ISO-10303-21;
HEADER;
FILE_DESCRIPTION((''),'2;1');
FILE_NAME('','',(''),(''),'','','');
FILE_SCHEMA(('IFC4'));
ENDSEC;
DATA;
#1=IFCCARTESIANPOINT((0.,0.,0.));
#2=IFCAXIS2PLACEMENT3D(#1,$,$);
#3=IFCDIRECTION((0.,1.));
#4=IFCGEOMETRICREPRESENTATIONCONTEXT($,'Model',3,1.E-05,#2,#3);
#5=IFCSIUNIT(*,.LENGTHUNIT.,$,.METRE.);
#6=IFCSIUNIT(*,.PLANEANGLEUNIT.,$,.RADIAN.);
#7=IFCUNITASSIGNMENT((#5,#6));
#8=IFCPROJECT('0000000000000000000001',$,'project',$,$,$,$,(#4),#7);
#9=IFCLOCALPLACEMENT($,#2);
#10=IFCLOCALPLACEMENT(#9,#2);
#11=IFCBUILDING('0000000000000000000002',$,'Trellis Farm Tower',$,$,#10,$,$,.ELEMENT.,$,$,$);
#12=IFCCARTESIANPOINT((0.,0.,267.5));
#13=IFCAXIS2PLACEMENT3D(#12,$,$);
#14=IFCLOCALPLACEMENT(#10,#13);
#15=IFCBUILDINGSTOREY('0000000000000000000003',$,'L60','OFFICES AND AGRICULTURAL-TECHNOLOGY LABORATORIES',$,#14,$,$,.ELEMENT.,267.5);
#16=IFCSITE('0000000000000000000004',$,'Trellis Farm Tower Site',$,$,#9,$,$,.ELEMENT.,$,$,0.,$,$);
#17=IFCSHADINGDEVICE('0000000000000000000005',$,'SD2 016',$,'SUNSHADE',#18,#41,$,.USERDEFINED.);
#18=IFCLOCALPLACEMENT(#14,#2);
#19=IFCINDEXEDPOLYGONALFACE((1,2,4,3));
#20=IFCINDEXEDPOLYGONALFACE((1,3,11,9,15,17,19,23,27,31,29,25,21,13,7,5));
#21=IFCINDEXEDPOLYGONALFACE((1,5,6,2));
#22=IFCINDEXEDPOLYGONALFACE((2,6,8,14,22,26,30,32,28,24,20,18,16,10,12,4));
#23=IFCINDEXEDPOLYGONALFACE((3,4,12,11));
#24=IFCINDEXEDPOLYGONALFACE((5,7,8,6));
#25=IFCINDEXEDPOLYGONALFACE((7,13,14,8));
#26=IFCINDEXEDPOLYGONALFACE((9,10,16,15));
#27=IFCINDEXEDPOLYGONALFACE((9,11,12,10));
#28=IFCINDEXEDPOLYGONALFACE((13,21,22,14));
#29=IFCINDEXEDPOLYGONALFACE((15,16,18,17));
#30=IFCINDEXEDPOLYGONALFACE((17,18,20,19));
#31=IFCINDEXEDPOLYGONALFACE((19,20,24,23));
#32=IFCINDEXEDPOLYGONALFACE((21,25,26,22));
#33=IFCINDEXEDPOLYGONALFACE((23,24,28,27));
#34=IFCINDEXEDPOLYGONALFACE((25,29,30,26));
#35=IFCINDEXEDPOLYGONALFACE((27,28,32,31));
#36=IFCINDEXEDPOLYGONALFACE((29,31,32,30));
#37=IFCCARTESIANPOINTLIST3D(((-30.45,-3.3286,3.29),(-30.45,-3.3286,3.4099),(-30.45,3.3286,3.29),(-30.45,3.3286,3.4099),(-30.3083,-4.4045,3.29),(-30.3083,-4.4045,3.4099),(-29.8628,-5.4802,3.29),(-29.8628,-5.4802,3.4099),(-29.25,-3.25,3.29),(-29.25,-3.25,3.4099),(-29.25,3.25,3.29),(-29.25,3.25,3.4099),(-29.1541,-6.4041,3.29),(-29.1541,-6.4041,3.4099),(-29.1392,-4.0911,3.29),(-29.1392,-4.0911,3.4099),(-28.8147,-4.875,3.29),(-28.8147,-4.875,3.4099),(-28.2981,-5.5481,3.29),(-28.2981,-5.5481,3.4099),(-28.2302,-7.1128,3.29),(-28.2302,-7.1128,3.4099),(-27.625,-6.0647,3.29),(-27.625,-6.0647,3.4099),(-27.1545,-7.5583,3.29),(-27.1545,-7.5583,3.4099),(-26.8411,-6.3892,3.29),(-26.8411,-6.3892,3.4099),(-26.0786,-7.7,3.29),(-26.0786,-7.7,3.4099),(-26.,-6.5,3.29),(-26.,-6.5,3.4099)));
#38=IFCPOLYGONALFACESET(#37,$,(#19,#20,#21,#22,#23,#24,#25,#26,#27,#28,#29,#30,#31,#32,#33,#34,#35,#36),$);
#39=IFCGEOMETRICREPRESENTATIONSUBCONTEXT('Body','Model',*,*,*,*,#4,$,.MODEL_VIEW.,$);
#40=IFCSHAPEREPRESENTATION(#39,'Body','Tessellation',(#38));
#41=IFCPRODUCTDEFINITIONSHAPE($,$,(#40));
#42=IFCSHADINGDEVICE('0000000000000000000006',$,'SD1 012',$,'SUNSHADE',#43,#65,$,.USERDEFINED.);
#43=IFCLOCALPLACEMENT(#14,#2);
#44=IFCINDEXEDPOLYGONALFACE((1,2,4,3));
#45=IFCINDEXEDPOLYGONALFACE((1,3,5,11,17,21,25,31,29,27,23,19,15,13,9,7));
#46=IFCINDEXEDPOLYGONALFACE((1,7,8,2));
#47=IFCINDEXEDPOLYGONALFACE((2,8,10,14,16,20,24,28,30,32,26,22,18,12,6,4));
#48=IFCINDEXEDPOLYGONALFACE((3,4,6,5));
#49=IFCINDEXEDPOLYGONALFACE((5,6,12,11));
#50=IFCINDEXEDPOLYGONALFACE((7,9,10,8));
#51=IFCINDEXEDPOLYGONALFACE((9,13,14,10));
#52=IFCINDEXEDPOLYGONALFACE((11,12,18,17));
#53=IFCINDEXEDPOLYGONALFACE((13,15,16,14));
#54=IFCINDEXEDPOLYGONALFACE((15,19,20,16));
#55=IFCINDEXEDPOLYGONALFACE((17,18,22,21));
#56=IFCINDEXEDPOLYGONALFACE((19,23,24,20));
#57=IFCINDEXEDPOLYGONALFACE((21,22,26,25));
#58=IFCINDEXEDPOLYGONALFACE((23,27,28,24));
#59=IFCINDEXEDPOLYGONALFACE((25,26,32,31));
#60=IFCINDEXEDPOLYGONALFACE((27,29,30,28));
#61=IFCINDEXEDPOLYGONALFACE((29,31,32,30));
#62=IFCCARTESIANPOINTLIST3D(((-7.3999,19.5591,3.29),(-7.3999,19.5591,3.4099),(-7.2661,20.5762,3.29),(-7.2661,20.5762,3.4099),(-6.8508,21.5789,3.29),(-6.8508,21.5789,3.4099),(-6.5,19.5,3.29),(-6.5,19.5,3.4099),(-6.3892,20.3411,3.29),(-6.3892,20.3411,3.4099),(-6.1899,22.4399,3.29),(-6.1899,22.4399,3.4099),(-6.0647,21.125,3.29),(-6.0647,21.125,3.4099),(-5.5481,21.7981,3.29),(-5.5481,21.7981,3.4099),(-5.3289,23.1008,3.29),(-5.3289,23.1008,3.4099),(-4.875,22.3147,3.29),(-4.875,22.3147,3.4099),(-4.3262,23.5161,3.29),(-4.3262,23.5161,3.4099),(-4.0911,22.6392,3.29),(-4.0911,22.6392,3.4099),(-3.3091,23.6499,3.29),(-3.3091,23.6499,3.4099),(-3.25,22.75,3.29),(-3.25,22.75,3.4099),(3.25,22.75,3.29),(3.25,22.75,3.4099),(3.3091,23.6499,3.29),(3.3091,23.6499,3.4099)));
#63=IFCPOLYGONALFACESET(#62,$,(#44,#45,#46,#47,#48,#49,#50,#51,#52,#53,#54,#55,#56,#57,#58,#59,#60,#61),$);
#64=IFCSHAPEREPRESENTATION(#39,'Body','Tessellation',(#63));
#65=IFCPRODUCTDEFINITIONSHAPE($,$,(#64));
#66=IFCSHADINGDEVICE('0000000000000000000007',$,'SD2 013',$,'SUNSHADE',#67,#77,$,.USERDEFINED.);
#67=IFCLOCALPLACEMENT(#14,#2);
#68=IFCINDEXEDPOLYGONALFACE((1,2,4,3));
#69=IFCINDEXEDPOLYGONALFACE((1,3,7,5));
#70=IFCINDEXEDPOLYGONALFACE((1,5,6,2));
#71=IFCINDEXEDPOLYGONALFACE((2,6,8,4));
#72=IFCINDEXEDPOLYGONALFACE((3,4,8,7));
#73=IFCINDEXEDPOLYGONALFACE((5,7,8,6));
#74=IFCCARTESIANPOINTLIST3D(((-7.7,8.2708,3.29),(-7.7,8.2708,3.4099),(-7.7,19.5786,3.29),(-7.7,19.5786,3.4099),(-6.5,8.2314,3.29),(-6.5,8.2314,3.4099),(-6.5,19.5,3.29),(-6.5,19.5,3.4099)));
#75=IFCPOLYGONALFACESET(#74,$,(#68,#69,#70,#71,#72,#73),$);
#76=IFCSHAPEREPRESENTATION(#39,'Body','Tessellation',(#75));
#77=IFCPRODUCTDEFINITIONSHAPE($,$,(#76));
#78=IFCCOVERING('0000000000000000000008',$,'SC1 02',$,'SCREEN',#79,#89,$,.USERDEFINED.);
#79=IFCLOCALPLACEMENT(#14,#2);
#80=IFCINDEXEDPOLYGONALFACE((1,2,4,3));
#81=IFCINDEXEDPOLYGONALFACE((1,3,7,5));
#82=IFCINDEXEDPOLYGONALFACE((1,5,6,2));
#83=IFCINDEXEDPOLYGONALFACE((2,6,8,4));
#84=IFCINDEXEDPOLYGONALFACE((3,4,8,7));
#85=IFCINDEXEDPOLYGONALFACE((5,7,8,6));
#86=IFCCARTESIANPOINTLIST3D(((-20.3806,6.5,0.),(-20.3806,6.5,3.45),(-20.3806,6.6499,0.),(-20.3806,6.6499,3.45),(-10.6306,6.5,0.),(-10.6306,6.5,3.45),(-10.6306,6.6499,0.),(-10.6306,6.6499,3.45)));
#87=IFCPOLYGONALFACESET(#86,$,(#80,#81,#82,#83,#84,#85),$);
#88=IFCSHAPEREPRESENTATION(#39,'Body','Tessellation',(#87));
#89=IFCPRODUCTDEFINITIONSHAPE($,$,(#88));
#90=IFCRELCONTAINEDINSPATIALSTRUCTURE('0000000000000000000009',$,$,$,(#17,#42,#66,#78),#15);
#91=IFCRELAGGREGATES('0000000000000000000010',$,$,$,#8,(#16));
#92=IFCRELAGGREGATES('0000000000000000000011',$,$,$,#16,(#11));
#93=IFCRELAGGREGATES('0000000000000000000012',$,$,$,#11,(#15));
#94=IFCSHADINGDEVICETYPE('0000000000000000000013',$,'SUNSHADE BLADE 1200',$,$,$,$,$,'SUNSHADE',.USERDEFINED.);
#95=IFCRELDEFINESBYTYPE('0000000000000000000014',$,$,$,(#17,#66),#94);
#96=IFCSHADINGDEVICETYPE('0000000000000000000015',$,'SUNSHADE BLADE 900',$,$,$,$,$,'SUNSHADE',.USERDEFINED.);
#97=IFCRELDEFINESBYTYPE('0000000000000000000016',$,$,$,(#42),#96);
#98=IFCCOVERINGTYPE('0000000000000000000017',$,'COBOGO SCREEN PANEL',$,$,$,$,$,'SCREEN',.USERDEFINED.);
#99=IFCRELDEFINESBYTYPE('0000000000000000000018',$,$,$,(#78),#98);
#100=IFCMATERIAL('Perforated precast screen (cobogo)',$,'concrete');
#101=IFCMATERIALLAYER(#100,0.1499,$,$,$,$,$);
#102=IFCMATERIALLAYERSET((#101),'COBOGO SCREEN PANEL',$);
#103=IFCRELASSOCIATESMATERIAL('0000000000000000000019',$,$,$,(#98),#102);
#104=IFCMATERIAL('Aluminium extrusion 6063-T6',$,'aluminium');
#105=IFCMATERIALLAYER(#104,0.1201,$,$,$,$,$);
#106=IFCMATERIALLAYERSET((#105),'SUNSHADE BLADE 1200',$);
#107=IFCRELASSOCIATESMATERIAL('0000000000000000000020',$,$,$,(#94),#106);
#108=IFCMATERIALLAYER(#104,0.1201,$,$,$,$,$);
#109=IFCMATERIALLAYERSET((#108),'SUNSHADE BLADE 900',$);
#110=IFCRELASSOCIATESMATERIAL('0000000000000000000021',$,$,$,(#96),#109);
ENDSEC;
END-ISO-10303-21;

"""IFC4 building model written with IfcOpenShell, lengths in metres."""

from ifc_helpers import new_model, si_unit, direction, frame, origin, place, context, subcontext, project, spatial, polyline, outline, extrude, source, transform, mapped, material, layer, layer_set, type_object, element, save


model = new_model("IFC4")

# Units and contexts
model_context = context("Model", 3, precision=1e-05, world=origin(), true_north=direction((0.0, 1.0)))
body_context = subcontext(model_context, "Body", "Model", "MODEL_VIEW")
ifc_project = project(units=[si_unit("LENGTHUNIT", "METRE"), si_unit("PLANEANGLEUNIT", "RADIAN")], contexts=[model_context])

# Site, building, storey
site_placement = place(None, origin())
site = spatial("IfcSite", under=ifc_project, at=site_placement, Name="Trellis Farm Tower Site", CompositionType="ELEMENT", RefElevation=0.0)
building_placement = place(site_placement, origin())
building = spatial("IfcBuilding", under=site, at=building_placement, Name="Trellis Farm Tower", CompositionType="ELEMENT")
storey_placement = place(building_placement, frame((0.0, 0.0, 267.5)))
storey = spatial("IfcBuildingStorey", under=building, at=storey_placement, Name="L60", Description="OFFICES AND AGRICULTURAL-TECHNOLOGY LABORATORIES", CompositionType="ELEMENT", Elevation=267.5)

# Shared definitions
placement_1 = place(storey_placement, origin())
ifc_material_1 = material(Name="Aluminium extrusion 6063-T6", Category="aluminium")

# Shared definitions
ifc_material_2 = material(Name="Perforated precast screen (cobogo)", Category="concrete")
ifc_layer_1 = layer(ifc_material_2, 0.1499)
ifc_layer_set_1 = layer_set([ifc_layer_1], Name="COBOGO SCREEN PANEL")
covering_type = type_object("IfcCoveringType", Name="COBOGO SCREEN PANEL", ElementType="SCREEN", PredefinedType="USERDEFINED", material=ifc_layer_set_1)

# Shading devices
ifc_layer_2 = layer(ifc_material_1, 0.1201)
ifc_layer_set_2 = layer_set([ifc_layer_2], Name="SUNSHADE BLADE 1200")
shading_device_type_1 = type_object("IfcShadingDeviceType", Name="SUNSHADE BLADE 1200", ElementType="SUNSHADE", PredefinedType="USERDEFINED", material=ifc_layer_set_2)
placement_2 = place(storey_placement, frame((0.0, 0.0, 3.29)))
ifc_layer_3 = layer(ifc_material_1, 0.1201)
ifc_layer_set_3 = layer_set([ifc_layer_3], Name="SUNSHADE BLADE 900")
shading_device_type_2 = type_object("IfcShadingDeviceType", Name="SUNSHADE BLADE 900", ElementType="SUNSHADE", PredefinedType="USERDEFINED", material=ifc_layer_set_3)
shared_shape_1 = source(origin(), body_context, "Body", "SweptSolid", [
    extrude(outline(polyline([(-30.45, 3.3286), (-30.45, -3.3286), (-30.3083, -4.4045), (-29.8628, -5.4802), (-29.1541, -6.4041), (-28.2302, -7.1128), (-27.1545, -7.5583), (-26.0786, -7.7), (-26.0, -6.5), (-26.8411, -6.3892), (-27.625, -6.0647), (-28.2981, -5.5481), (-28.8147, -4.875), (-29.1392, -4.0911), (-29.25, -3.25), (-29.25, 3.25), (-30.45, 3.3286)])), origin(), (0.0, 0.0, 1.0), 0.1199),
])
element("IfcShadingDevice", 1, at=placement_2, inside=storey, type_object=shading_device_type_1, Name="SD2 016", ObjectType="SUNSHADE", PredefinedType="USERDEFINED", context=body_context, shape_type="MappedRepresentation", body=[
    mapped(shared_shape_1, transform((0.0, 0.0, 0.0))),
])
shared_shape_2 = source(origin(), body_context, "Body", "SweptSolid", [
    extrude(outline(polyline([(3.3091, 23.6499), (-3.3091, 23.6499), (-4.3262, 23.5161), (-5.3289, 23.1008), (-6.1899, 22.4399), (-6.8508, 21.5789), (-7.2661, 20.5762), (-7.3999, 19.5591), (-6.5, 19.5), (-6.3892, 20.3411), (-6.0647, 21.125), (-5.5481, 21.7981), (-4.875, 22.3147), (-4.0911, 22.6392), (-3.25, 22.75), (3.25, 22.75), (3.3091, 23.6499)])), origin(), (0.0, 0.0, 1.0), 0.1199),
])
element("IfcShadingDevice", 2, at=placement_2, inside=storey, type_object=shading_device_type_2, Name="SD1 012", ObjectType="SUNSHADE", PredefinedType="USERDEFINED", context=body_context, shape_type="MappedRepresentation", body=[
    mapped(shared_shape_2, transform((0.0, 0.0, 0.0))),
])
shared_shape_3 = source(origin(), body_context, "Body", "SweptSolid", [
    extrude(outline(polyline([(-7.7, 19.5786), (-7.7, 8.2708), (-6.5, 8.2314), (-6.5, 19.5), (-7.7, 19.5786)])), origin(), (0.0, 0.0, 1.0), 0.1199),
])
element("IfcShadingDevice", 3, at=placement_2, inside=storey, type_object=shading_device_type_1, Name="SD2 013", ObjectType="SUNSHADE", PredefinedType="USERDEFINED", context=body_context, shape_type="MappedRepresentation", body=[
    mapped(shared_shape_3, transform((0.0, 0.0, 0.0))),
])

# Covering
shared_shape_4 = source(origin(), body_context, "Body", "SweptSolid", [
    extrude(outline(polyline([(-10.6306, 6.6499), (-20.3806, 6.6499), (-20.3806, 6.5), (-10.6306, 6.5), (-10.6306, 6.6499)])), origin(), (0.0, 0.0, 1.0), 3.45),
])
element("IfcCovering", 4, at=placement_1, inside=storey, type_object=covering_type, Name="SC1 02", ObjectType="SCREEN", PredefinedType="USERDEFINED", context=body_context, shape_type="MappedRepresentation", body=[
    mapped(shared_shape_4, transform((0.0, 0.0, 0.0))),
])

save(model, "model.ifc")
